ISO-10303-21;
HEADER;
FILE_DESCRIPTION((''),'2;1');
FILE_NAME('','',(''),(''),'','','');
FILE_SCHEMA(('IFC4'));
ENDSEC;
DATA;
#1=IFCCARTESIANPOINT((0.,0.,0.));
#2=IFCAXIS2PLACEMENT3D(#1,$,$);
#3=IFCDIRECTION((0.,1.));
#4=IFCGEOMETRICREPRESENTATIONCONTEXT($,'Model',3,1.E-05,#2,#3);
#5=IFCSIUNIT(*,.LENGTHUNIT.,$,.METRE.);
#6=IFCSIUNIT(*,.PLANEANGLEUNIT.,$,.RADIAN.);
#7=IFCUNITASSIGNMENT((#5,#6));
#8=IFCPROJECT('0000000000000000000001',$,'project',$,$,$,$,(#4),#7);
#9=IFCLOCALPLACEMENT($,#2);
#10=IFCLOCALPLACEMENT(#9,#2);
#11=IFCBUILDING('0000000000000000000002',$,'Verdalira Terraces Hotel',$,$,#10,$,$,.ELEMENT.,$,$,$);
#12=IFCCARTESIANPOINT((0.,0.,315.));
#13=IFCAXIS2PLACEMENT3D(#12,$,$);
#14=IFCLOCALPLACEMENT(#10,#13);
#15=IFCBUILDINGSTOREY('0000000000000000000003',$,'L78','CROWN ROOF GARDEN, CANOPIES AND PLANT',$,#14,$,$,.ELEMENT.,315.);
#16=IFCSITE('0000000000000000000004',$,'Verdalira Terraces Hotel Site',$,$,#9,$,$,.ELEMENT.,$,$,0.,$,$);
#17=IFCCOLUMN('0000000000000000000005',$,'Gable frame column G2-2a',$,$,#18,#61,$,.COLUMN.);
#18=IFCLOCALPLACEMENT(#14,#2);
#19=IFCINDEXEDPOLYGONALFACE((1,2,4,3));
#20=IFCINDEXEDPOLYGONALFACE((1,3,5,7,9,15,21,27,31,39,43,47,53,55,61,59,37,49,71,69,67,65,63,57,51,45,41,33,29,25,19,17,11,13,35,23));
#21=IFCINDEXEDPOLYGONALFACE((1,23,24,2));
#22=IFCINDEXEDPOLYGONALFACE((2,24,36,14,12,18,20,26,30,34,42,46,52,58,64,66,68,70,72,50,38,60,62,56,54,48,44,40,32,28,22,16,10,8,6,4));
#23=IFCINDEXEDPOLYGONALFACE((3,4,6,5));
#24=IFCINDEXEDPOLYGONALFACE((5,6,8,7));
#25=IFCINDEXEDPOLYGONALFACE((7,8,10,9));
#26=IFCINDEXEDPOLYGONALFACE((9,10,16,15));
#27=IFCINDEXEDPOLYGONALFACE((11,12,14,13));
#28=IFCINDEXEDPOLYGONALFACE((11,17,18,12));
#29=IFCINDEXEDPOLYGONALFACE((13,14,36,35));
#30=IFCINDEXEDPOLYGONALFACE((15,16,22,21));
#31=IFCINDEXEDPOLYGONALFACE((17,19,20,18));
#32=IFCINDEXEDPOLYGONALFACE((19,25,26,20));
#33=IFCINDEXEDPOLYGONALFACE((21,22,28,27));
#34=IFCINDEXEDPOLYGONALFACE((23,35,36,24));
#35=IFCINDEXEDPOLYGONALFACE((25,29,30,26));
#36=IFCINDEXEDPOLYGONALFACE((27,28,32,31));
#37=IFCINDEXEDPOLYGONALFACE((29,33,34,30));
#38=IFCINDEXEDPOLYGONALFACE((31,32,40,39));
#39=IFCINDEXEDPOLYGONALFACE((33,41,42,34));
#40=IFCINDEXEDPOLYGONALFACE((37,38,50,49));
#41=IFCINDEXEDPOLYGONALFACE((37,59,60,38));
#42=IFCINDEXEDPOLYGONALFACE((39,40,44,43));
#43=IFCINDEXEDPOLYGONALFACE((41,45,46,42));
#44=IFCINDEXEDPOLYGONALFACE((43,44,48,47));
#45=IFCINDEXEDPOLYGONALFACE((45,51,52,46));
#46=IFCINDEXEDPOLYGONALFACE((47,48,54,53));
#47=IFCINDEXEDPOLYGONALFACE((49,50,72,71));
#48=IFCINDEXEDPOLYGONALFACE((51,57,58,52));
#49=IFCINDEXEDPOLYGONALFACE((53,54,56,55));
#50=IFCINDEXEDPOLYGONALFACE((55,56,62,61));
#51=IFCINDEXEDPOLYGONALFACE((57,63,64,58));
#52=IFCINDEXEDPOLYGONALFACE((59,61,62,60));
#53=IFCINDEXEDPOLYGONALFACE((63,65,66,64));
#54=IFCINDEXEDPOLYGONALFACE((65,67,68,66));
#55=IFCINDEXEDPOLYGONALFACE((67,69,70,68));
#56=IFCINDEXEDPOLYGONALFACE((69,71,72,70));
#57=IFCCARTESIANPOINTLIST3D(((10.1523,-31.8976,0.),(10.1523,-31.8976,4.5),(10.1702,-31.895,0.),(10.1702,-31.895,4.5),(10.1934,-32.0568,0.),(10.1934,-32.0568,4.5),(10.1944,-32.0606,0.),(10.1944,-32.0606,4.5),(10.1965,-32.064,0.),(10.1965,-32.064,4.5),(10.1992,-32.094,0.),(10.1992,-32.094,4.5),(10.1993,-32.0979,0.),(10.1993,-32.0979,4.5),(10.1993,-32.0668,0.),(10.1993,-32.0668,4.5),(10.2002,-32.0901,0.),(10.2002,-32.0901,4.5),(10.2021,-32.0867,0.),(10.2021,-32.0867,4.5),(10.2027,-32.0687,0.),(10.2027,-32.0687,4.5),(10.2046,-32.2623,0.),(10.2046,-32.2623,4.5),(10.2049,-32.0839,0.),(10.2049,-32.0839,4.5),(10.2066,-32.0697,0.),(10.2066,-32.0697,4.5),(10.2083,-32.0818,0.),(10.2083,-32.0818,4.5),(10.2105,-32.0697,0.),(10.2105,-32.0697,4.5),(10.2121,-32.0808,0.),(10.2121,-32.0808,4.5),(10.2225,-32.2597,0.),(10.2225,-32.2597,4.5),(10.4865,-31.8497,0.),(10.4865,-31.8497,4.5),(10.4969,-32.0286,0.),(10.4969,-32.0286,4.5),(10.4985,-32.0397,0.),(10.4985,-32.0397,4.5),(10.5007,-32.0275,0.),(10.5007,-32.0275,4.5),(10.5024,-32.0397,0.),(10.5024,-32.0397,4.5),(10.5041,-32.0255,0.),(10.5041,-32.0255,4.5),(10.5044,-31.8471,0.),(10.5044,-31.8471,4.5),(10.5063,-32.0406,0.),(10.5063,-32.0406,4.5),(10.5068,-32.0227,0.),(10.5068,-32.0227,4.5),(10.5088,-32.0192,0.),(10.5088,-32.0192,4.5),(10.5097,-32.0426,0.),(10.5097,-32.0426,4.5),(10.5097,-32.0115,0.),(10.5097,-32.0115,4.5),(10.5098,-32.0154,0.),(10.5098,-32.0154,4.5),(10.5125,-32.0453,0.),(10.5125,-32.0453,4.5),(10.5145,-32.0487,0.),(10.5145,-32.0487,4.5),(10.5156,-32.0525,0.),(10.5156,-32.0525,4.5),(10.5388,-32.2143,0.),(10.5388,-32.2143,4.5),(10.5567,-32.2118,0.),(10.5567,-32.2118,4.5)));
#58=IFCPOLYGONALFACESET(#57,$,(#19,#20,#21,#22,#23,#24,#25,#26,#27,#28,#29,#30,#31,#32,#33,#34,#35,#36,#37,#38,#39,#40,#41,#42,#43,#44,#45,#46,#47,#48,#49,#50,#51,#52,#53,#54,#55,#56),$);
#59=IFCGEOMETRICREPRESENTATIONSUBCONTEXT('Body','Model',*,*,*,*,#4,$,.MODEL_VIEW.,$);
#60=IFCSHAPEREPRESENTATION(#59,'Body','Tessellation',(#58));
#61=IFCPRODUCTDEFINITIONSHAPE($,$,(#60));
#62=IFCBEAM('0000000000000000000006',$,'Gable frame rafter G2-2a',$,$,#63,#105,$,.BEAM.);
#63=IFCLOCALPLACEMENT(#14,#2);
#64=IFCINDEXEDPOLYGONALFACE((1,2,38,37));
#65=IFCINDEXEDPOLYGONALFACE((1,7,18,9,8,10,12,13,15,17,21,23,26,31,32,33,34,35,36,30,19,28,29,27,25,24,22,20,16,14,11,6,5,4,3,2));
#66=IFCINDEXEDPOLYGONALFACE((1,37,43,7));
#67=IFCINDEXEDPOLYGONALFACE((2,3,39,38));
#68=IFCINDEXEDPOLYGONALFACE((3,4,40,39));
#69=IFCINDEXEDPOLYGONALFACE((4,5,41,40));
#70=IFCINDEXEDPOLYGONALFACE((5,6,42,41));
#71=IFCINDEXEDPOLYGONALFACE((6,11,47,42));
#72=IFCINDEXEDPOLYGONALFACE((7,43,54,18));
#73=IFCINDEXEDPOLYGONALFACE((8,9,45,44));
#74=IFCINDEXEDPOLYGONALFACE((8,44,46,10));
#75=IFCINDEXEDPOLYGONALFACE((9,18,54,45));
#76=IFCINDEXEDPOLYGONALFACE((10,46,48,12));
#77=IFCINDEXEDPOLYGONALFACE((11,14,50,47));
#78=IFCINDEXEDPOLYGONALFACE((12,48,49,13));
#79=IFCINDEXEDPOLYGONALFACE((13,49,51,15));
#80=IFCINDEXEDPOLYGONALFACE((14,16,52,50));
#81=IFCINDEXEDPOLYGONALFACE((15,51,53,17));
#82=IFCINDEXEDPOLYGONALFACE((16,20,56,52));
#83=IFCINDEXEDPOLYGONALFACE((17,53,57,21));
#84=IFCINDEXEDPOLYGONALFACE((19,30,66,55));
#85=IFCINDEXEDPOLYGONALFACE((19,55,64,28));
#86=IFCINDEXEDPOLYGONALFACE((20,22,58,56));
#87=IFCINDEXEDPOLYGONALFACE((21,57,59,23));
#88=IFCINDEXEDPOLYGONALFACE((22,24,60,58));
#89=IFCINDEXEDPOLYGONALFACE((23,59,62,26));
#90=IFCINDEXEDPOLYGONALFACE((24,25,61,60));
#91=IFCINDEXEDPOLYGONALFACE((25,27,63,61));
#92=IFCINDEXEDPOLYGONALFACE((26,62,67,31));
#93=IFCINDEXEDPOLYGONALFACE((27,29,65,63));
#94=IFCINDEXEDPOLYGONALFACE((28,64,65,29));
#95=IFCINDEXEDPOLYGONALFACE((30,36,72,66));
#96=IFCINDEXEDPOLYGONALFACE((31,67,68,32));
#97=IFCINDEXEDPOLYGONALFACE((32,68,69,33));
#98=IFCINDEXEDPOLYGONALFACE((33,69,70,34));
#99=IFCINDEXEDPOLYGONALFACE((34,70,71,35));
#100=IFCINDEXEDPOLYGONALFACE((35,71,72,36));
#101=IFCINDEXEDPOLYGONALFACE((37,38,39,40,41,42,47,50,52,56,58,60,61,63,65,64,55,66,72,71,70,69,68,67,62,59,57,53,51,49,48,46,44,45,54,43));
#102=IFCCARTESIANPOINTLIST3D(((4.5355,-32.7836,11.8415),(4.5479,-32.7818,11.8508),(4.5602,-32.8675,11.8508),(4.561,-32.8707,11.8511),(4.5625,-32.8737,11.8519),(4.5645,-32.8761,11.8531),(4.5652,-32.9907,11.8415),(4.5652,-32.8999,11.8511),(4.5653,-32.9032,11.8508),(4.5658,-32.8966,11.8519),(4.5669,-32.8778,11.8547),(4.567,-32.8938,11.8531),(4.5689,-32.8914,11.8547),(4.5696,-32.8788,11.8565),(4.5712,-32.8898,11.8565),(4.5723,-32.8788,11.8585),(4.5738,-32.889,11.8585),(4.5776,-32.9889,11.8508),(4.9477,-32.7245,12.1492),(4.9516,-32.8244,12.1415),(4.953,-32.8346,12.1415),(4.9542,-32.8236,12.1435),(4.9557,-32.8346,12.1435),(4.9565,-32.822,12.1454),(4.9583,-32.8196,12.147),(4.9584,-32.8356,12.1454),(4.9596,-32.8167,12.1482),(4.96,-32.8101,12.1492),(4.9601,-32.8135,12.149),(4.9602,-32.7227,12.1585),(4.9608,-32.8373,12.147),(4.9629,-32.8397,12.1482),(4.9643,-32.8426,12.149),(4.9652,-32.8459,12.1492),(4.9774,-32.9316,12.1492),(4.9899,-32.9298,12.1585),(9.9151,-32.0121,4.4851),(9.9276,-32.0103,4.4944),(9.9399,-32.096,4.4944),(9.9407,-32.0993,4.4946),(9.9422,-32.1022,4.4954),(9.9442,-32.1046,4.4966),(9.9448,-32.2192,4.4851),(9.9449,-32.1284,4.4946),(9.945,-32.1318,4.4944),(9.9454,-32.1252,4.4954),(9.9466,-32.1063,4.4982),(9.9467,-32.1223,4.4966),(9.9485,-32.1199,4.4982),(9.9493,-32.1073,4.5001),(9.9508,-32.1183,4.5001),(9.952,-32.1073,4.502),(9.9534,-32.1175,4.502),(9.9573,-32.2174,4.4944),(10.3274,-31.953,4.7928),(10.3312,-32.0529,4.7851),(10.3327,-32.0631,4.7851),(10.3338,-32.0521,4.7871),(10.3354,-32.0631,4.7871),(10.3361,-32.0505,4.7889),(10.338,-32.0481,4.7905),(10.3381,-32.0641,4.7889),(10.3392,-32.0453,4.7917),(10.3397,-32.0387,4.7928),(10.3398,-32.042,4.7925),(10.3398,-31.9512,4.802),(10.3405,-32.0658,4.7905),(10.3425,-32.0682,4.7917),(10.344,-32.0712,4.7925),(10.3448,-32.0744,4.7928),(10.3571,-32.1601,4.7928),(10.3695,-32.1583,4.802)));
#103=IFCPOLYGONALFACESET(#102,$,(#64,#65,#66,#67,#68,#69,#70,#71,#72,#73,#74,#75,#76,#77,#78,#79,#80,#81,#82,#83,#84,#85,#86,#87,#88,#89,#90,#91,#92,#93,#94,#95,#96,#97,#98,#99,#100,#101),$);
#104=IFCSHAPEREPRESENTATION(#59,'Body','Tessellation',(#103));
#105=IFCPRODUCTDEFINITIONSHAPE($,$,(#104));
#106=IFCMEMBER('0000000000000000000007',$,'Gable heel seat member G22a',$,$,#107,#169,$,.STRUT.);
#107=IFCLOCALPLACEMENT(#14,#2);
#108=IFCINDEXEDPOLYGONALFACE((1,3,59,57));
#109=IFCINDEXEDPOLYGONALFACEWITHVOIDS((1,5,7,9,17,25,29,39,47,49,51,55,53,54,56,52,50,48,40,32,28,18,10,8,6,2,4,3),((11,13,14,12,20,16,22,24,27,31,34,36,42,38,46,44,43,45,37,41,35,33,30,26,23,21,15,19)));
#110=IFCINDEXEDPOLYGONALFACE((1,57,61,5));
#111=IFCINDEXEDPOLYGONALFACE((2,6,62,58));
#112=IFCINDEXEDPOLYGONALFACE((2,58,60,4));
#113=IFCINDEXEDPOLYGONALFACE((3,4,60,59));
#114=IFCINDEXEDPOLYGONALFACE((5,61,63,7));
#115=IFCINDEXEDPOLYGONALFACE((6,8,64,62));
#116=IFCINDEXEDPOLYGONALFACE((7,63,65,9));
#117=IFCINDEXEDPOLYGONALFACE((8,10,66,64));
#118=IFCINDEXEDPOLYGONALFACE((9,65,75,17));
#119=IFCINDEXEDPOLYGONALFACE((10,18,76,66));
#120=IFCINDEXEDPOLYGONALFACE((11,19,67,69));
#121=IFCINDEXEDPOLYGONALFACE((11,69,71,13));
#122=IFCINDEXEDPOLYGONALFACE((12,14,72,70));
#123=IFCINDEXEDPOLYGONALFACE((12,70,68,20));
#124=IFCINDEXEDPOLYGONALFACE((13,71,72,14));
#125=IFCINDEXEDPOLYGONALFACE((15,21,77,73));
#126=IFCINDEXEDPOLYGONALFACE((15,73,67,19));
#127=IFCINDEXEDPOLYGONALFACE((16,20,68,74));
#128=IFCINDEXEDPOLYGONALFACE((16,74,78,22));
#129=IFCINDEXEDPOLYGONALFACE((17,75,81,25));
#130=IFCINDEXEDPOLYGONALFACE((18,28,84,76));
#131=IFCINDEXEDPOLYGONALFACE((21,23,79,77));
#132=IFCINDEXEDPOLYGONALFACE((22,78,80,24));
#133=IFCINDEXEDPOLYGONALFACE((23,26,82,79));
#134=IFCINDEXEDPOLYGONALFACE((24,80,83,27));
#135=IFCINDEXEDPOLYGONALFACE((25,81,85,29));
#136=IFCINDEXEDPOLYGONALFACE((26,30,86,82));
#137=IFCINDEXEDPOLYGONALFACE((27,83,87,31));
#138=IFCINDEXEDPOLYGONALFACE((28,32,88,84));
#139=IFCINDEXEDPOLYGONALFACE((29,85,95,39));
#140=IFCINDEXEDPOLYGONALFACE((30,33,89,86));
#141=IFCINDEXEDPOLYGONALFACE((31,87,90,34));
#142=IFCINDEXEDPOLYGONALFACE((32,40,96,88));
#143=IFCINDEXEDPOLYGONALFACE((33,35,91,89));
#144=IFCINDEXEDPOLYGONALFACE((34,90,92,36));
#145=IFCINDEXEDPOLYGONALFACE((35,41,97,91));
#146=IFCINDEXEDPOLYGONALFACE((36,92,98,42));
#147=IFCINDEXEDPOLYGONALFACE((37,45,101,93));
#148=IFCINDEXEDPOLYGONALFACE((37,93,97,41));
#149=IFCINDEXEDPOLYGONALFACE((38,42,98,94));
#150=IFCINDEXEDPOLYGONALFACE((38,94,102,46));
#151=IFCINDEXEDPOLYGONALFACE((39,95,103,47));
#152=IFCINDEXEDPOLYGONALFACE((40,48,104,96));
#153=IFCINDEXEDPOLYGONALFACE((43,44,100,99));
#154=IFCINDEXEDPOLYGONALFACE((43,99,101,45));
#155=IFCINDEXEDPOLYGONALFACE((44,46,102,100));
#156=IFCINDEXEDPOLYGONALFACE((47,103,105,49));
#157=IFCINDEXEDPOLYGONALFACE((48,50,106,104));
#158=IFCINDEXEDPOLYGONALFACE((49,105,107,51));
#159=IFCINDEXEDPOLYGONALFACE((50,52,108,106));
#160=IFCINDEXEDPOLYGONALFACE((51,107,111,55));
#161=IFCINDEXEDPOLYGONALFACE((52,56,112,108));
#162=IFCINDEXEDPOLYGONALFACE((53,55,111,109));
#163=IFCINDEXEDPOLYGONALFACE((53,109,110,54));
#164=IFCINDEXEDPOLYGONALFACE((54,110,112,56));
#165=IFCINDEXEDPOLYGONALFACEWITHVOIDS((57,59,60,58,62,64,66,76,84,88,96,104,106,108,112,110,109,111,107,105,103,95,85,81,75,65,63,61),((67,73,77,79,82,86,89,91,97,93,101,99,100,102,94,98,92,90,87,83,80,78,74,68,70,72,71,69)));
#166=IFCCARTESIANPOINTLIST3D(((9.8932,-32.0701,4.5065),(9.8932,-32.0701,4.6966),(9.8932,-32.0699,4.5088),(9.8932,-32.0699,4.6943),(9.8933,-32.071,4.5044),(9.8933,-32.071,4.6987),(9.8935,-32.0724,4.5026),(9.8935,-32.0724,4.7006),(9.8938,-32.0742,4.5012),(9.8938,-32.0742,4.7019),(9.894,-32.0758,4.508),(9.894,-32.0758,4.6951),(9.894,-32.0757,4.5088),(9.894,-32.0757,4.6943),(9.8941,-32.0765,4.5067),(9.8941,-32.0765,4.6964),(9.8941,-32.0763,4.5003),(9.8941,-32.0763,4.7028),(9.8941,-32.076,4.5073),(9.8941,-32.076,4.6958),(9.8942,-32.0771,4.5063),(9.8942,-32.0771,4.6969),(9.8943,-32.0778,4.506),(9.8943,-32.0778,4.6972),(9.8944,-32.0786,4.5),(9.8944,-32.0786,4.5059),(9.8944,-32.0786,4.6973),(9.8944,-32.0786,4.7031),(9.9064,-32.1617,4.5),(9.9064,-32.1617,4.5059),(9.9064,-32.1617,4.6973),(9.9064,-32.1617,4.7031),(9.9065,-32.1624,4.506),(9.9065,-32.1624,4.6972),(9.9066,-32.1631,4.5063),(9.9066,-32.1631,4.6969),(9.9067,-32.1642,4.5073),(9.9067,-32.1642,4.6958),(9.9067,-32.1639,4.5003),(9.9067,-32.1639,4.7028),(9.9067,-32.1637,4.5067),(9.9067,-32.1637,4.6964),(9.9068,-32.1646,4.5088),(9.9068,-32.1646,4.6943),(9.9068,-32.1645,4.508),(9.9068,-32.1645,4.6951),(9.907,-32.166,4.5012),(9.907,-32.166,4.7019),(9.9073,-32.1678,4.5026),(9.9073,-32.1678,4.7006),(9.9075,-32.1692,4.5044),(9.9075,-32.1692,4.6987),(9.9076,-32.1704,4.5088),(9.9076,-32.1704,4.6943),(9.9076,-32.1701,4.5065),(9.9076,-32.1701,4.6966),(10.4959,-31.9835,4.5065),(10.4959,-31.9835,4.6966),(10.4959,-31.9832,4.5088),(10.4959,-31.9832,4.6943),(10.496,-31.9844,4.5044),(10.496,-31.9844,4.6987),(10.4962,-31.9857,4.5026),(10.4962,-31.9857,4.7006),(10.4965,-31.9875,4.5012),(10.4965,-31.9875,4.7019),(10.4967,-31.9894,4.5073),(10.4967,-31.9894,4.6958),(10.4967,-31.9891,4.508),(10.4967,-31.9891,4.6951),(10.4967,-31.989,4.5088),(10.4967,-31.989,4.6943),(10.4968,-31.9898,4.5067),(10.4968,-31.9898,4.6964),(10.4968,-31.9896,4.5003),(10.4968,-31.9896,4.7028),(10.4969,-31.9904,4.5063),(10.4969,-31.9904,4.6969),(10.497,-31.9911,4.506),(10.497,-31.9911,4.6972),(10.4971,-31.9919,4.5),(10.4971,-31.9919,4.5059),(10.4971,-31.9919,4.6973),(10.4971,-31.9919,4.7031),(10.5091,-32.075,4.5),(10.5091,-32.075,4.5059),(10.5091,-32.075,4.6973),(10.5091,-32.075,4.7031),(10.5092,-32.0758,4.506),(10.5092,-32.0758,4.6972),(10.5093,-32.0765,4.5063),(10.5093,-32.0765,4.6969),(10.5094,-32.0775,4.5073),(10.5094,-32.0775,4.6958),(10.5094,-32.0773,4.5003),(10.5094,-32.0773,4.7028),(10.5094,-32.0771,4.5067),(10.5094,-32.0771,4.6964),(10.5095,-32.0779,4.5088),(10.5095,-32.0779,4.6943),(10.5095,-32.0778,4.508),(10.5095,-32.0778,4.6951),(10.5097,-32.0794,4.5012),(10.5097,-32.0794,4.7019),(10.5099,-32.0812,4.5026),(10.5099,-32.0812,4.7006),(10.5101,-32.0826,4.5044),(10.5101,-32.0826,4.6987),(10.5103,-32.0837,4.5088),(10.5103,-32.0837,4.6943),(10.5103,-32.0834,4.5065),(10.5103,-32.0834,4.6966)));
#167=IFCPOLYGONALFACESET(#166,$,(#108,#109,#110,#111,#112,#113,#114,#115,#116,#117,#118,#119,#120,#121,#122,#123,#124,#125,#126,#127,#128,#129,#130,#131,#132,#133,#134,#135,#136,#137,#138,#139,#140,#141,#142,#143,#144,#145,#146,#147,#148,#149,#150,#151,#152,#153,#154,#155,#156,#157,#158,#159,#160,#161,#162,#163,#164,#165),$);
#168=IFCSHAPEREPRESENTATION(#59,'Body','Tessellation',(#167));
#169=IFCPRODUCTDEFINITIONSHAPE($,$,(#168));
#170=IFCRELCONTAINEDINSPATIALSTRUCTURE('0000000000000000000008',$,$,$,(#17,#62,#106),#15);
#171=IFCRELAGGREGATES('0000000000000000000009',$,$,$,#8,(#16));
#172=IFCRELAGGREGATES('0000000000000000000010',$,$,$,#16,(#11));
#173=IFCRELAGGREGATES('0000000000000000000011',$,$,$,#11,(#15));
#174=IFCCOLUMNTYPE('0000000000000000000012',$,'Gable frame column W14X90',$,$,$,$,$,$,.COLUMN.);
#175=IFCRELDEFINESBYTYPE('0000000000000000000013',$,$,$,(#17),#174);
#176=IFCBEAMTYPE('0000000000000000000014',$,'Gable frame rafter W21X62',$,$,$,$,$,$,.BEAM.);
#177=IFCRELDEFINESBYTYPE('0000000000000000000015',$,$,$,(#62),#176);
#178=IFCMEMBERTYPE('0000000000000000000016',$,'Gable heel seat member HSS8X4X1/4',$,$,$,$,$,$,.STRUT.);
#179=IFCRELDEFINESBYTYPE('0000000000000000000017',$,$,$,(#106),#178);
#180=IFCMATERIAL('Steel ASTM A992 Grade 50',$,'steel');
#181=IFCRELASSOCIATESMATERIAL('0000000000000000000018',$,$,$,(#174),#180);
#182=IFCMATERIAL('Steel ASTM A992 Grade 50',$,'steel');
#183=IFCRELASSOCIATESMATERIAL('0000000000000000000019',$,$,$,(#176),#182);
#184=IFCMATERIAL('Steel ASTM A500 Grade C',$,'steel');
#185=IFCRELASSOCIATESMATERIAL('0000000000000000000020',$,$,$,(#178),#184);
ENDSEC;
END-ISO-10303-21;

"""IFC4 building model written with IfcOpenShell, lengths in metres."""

from ifc_helpers import new_model, si_unit, direction, frame, origin, origin_2d, place, context, subcontext, project, spatial, hollow_rectangle, i_section, extrude, material, material_profile, profile_set, type_object, element, save


model = new_model("IFC4")

# Units and contexts
model_context = context("Model", 3, precision=1e-05, world=origin(), true_north=direction((0.0, 1.0)))
body_context = subcontext(model_context, "Body", "Model", "MODEL_VIEW")
ifc_project = project(units=[si_unit("LENGTHUNIT", "METRE"), si_unit("PLANEANGLEUNIT", "RADIAN")], contexts=[model_context])

# Site, building, storey
site_placement = place(None, origin())
site = spatial("IfcSite", under=ifc_project, at=site_placement, Name="Verdalira Terraces Hotel Site", CompositionType="ELEMENT", RefElevation=0.0)
building_placement = place(site_placement, origin())
building = spatial("IfcBuilding", under=site, at=building_placement, Name="Verdalira Terraces Hotel", CompositionType="ELEMENT")
storey_placement = place(building_placement, frame((0.0, 0.0, 315.0)))
storey = spatial("IfcBuildingStorey", under=building, at=storey_placement, Name="L78", Description="CROWN ROOF GARDEN, CANOPIES AND PLANT", CompositionType="ELEMENT", Elevation=315.0)

# Column
ifc_material_1 = material(Name="Steel ASTM A992 Grade 50", Category="steel")
ifc_material_profile_1 = material_profile(ifc_material_1, i_section(OverallWidth=0.3684, OverallDepth=0.3557, WebThickness=0.0112, FlangeThickness=0.0181, FilletRadius=0.0151, at=origin_2d()), Name="W14X90")
ifc_profile_set_1 = profile_set([ifc_material_profile_1], Name="Steel ASTM A992 Grade 50")
column_type = type_object("IfcColumnType", Name="Gable frame column W14X90", PredefinedType="COLUMN", material=ifc_profile_set_1)
column_placement = place(storey_placement, frame((10.3545, -32.0547, 0.0), z_axis=(0.0, 0.0, 1.0), x_axis=(0.141938, -0.989876, 0.0)))
element("IfcColumn", 1, at=column_placement, inside=storey, type_object=column_type, Name="Gable frame column G2-2a", PredefinedType="COLUMN", context=body_context, shape_type="SweptSolid", body=[
    extrude(i_section(OverallWidth=0.3684, OverallDepth=0.3557, WebThickness=0.0112, FlangeThickness=0.0181, FilletRadius=0.0151, at=origin_2d()), origin(), (0.0, 0.0, 1.0), 4.5),
])

# Beam
ifc_material_2 = material(Name="Steel ASTM A992 Grade 50", Category="steel")
ifc_material_profile_2 = material_profile(ifc_material_2, i_section(OverallWidth=0.2092, OverallDepth=0.5334, WebThickness=0.0103, FlangeThickness=0.0156, FilletRadius=0.0129, at=origin_2d()), Name="W21X62")
ifc_profile_set_2 = profile_set([ifc_material_profile_2], Name="Steel ASTM A992 Grade 50")
beam_type_1 = type_object("IfcBeamType", Name="Gable frame rafter W21X62", PredefinedType="BEAM", material=ifc_profile_set_2)
beam_1_placement = place(storey_placement, frame((10.1423, -32.0852, 4.6436), z_axis=(-0.588183, -0.08435, 0.804317), x_axis=(0.141956, -0.989873, 0.0)))
element("IfcBeam", 2, at=beam_1_placement, inside=storey, type_object=beam_type_1, Name="Gable frame rafter G2-2a", PredefinedType="BEAM", context=body_context, shape_type="SweptSolid", body=[
    extrude(i_section(OverallWidth=0.2092, OverallDepth=0.5334, WebThickness=0.0103, FlangeThickness=0.0156, FilletRadius=0.0129, at=origin_2d()), origin(), (0.0, 0.0, 1.0), 9.1462),
])

# Member
ifc_material_3 = material(Name="Steel ASTM A500 Grade C", Category="steel")
ifc_material_profile_3 = material_profile(ifc_material_3, hollow_rectangle(XDim=0.1016, YDim=0.2031, WallThickness=0.0059, InnerFilletRadius=0.0029, OuterFilletRadius=0.0088, at=origin_2d()), Name="HSS8X4X1/4")
ifc_profile_set_3 = profile_set([ifc_material_profile_3], Name="Steel ASTM A500 Grade C")
member_type = type_object("IfcMemberType", Name="Gable heel seat member HSS8X4X1/4", PredefinedType="STRUT", material=ifc_profile_set_3)
member_placement = place(storey_placement, frame((9.9004, -32.1201, 4.6016), z_axis=(0.989821, 0.142319, 0.0), x_axis=(-0.142319, 0.989821, 0.0)))
element("IfcMember", 3, at=member_placement, inside=storey, type_object=member_type, Name="Gable heel seat member G22a", PredefinedType="STRUT", context=body_context, shape_type="SweptSolid", body=[
    extrude(hollow_rectangle(XDim=0.1016, YDim=0.2031, WallThickness=0.0059, InnerFilletRadius=0.0029, OuterFilletRadius=0.0088, at=origin_2d()), origin(), (0.0, 0.0, 1.0), 0.6089),
])

save(model, "model.ifc")
